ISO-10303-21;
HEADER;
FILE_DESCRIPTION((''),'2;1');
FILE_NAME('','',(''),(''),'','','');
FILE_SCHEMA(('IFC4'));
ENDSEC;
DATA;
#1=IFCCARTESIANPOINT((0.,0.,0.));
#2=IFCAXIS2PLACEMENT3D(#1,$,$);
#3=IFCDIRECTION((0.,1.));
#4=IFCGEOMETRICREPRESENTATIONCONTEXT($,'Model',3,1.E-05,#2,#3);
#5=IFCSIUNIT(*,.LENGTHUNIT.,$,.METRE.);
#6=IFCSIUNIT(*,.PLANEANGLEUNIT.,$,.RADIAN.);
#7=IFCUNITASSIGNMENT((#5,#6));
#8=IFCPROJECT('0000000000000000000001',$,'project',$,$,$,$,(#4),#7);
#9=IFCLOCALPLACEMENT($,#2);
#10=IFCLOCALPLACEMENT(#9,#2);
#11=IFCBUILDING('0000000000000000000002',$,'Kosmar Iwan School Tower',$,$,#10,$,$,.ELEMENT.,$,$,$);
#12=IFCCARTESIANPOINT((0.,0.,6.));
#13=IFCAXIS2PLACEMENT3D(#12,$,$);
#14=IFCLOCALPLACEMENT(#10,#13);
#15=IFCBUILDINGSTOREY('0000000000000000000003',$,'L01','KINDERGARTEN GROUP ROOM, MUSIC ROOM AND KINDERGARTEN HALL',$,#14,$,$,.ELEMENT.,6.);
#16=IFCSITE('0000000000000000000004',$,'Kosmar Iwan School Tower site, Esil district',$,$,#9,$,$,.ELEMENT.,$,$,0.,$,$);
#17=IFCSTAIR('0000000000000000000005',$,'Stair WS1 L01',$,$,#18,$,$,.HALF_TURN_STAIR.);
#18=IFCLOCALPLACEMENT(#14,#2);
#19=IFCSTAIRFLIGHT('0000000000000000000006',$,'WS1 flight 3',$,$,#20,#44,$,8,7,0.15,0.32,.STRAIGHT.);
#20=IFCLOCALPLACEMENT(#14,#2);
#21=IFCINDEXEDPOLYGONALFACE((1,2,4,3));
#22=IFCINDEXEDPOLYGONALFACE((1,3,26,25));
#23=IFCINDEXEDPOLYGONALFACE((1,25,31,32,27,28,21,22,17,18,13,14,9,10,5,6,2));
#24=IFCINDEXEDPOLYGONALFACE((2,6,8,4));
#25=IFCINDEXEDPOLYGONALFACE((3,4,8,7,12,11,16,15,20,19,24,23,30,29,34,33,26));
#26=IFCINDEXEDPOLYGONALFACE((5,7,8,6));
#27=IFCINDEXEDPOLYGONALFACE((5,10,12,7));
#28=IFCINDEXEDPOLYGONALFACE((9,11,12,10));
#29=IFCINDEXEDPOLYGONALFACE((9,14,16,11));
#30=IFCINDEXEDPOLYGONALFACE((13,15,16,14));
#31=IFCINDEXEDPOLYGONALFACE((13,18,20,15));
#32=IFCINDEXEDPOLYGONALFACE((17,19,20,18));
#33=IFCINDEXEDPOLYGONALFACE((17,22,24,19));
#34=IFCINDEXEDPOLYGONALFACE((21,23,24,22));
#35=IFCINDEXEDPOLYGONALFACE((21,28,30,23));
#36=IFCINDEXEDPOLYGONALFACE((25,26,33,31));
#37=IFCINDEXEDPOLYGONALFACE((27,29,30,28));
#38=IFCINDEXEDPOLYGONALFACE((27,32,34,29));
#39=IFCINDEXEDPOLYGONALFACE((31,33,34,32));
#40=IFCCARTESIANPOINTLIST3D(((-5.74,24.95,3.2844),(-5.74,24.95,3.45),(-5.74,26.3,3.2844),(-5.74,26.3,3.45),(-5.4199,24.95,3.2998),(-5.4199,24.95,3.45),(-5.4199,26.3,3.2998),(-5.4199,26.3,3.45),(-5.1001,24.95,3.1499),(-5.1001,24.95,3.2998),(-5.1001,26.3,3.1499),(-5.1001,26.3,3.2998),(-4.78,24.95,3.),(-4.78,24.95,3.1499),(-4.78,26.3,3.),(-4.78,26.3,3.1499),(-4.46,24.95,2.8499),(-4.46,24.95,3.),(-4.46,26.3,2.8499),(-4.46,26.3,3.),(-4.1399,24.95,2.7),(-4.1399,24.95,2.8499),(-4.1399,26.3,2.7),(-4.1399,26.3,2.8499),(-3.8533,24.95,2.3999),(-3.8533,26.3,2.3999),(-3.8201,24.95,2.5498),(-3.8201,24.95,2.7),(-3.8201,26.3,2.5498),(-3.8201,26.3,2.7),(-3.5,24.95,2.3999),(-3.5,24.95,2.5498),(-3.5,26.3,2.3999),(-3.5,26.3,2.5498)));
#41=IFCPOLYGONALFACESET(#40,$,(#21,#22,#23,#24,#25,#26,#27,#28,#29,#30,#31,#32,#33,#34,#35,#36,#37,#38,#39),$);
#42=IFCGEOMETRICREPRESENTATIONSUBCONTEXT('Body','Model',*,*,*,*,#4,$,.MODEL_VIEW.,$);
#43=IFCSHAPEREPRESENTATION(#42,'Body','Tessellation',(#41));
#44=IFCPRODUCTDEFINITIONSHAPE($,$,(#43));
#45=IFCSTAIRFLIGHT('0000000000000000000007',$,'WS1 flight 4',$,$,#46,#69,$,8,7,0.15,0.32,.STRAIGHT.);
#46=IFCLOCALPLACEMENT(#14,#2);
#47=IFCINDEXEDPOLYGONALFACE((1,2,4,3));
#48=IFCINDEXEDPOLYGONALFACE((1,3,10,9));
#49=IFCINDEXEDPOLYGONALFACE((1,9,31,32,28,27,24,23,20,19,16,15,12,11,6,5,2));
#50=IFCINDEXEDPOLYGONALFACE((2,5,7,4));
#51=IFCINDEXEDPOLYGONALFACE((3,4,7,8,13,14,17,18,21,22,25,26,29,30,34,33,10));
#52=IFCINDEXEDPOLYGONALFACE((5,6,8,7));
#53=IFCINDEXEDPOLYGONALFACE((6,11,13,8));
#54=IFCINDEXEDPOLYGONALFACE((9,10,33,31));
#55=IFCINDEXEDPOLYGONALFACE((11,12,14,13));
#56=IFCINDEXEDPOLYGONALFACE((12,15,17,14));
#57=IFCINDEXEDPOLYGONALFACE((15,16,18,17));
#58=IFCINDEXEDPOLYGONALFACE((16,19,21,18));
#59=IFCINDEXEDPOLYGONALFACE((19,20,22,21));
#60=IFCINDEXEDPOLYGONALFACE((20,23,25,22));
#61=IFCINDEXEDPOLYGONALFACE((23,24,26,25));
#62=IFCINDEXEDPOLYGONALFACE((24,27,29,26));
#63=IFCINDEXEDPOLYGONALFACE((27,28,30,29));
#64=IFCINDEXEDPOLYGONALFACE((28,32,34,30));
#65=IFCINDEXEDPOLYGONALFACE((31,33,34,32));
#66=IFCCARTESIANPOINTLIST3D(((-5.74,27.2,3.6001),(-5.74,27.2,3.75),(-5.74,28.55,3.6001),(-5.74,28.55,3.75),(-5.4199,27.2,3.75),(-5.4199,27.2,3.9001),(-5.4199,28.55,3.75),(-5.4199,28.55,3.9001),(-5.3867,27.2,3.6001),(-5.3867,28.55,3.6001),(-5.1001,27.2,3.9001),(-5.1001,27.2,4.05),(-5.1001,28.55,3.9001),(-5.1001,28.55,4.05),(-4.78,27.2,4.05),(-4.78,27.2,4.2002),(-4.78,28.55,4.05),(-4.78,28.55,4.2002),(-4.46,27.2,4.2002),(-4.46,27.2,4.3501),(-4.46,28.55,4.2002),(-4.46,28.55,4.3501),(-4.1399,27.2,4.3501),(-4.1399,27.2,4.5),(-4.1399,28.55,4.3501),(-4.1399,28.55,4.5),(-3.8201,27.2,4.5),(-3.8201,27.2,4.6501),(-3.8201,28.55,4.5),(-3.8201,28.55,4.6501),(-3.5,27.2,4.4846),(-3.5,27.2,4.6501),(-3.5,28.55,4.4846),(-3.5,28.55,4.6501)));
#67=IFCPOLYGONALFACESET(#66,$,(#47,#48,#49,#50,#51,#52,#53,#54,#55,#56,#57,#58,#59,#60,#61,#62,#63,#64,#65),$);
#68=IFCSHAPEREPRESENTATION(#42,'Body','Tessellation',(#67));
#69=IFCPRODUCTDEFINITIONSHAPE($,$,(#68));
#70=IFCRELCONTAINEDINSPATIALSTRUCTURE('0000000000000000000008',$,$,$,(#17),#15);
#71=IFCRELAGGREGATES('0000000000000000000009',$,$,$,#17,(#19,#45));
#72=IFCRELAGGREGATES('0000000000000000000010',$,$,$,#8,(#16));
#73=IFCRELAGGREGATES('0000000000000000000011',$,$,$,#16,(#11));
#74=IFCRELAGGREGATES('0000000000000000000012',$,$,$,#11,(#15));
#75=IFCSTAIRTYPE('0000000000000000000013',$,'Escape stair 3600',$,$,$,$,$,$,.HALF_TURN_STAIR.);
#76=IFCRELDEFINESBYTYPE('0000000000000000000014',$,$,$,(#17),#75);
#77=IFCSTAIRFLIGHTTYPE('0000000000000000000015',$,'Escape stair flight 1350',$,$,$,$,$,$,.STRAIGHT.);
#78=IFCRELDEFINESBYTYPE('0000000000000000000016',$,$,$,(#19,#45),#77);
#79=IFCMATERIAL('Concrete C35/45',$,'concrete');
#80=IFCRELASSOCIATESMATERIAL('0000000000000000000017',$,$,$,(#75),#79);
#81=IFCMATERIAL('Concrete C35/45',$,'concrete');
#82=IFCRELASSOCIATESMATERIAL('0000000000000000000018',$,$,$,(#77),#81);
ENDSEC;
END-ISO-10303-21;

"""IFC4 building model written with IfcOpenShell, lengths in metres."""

from ifc_helpers import new_model, si_unit, direction, frame, origin, place, context, subcontext, project, spatial, polyline, outline, extrude, material, type_object, element, aggregate, save


model = new_model("IFC4")

# Units and contexts
model_context = context("Model", 3, precision=1e-05, world=origin(), true_north=direction((0.0, 1.0)))
body_context = subcontext(model_context, "Body", "Model", "MODEL_VIEW")
ifc_project = project(units=[si_unit("LENGTHUNIT", "METRE"), si_unit("PLANEANGLEUNIT", "RADIAN")], contexts=[model_context])

# Site, building, storey
site_placement = place(None, origin())
site = spatial("IfcSite", under=ifc_project, at=site_placement, Name="Kosmar Iwan School Tower site, Esil district", CompositionType="ELEMENT", RefElevation=0.0)
building_placement = place(site_placement, origin())
building = spatial("IfcBuilding", under=site, at=building_placement, Name="Kosmar Iwan School Tower", CompositionType="ELEMENT")
storey_placement = place(building_placement, frame((0.0, 0.0, 6.0)))
storey = spatial("IfcBuildingStorey", under=building, at=storey_placement, Name="L01", Description="KINDERGARTEN GROUP ROOM, MUSIC ROOM AND KINDERGARTEN HALL", CompositionType="ELEMENT", Elevation=6.0)

# Stair, stair flights
ifc_material_1 = material(Name="Concrete C35/45", Category="concrete")
stair_type = type_object("IfcStairType", Name="Escape stair 3600", PredefinedType="HALF_TURN_STAIR", material=ifc_material_1)
stair_placement = place(storey_placement, origin())
stair = element("IfcStair", 1, at=stair_placement, inside=storey, type_object=stair_type, Name="Stair WS1 L01", PredefinedType="HALF_TURN_STAIR")
ifc_material_2 = material(Name="Concrete C35/45", Category="concrete")
stair_flight_type = type_object("IfcStairFlightType", Name="Escape stair flight 1350", PredefinedType="STRAIGHT", material=ifc_material_2)
stair_flight_1_placement = place(storey_placement, frame((-3.5, 25.625, 2.3999), z_axis=(0.0, 0.0, 1.0), x_axis=(-1.0, 0.0, 0.0)))
stair_flight_1 = element("IfcStairFlight", 2, at=stair_flight_1_placement, type_object=stair_flight_type, Name="WS1 flight 3", NumberOfRisers=8, NumberOfTreads=7, PredefinedType="STRAIGHT", RiserHeight=0.15, TreadLength=0.32, context=body_context, shape_type="SweptSolid", body=[
    extrude(outline(polyline([(0.0, 0.0), (0.0, 0.1499), (0.3201, 0.1499), (0.3201, 0.3), (0.6399, 0.3), (0.6399, 0.45), (0.96, 0.45), (0.96, 0.6001), (1.28, 0.6001), (1.28, 0.75), (1.6001, 0.75), (1.6001, 0.8999), (1.9199, 0.8999), (1.9199, 1.05), (2.24, 1.05), (2.24, 1.2), (2.24, 0.8845), (0.3533, 0.0), (0.0, 0.0)])), frame((0.0, 0.675, 0.0), z_axis=(0.0, -1.0, 0.0), x_axis=(1.0, 0.0, 0.0)), (0.0, 0.0, 1.0), 1.3501),
])
stair_flight_2_placement = place(storey_placement, frame((-5.74, 27.875, 3.6001), z_axis=(0.0, 0.0, 1.0), x_axis=(1.0, 0.0, 0.0)))
stair_flight_2 = element("IfcStairFlight", 3, at=stair_flight_2_placement, type_object=stair_flight_type, Name="WS1 flight 4", NumberOfRisers=8, NumberOfTreads=7, PredefinedType="STRAIGHT", RiserHeight=0.15, TreadLength=0.32, context=body_context, shape_type="SweptSolid", body=[
    extrude(outline(polyline([(0.0, 0.0), (0.0, 0.1499), (0.3201, 0.1499), (0.3201, 0.3), (0.6399, 0.3), (0.6399, 0.45), (0.96, 0.45), (0.96, 0.6001), (1.28, 0.6001), (1.28, 0.75), (1.6001, 0.75), (1.6001, 0.8999), (1.9199, 0.8999), (1.9199, 1.05), (2.24, 1.05), (2.24, 1.2), (2.24, 0.8845), (0.3533, 0.0), (0.0, 0.0)])), frame((0.0, 0.675, 0.0), z_axis=(0.0, -1.0, 0.0), x_axis=(1.0, 0.0, 0.0)), (0.0, 0.0, 1.0), 1.3501),
])
aggregate(stair, [stair_flight_1, stair_flight_2])

save(model, "model.ifc")
